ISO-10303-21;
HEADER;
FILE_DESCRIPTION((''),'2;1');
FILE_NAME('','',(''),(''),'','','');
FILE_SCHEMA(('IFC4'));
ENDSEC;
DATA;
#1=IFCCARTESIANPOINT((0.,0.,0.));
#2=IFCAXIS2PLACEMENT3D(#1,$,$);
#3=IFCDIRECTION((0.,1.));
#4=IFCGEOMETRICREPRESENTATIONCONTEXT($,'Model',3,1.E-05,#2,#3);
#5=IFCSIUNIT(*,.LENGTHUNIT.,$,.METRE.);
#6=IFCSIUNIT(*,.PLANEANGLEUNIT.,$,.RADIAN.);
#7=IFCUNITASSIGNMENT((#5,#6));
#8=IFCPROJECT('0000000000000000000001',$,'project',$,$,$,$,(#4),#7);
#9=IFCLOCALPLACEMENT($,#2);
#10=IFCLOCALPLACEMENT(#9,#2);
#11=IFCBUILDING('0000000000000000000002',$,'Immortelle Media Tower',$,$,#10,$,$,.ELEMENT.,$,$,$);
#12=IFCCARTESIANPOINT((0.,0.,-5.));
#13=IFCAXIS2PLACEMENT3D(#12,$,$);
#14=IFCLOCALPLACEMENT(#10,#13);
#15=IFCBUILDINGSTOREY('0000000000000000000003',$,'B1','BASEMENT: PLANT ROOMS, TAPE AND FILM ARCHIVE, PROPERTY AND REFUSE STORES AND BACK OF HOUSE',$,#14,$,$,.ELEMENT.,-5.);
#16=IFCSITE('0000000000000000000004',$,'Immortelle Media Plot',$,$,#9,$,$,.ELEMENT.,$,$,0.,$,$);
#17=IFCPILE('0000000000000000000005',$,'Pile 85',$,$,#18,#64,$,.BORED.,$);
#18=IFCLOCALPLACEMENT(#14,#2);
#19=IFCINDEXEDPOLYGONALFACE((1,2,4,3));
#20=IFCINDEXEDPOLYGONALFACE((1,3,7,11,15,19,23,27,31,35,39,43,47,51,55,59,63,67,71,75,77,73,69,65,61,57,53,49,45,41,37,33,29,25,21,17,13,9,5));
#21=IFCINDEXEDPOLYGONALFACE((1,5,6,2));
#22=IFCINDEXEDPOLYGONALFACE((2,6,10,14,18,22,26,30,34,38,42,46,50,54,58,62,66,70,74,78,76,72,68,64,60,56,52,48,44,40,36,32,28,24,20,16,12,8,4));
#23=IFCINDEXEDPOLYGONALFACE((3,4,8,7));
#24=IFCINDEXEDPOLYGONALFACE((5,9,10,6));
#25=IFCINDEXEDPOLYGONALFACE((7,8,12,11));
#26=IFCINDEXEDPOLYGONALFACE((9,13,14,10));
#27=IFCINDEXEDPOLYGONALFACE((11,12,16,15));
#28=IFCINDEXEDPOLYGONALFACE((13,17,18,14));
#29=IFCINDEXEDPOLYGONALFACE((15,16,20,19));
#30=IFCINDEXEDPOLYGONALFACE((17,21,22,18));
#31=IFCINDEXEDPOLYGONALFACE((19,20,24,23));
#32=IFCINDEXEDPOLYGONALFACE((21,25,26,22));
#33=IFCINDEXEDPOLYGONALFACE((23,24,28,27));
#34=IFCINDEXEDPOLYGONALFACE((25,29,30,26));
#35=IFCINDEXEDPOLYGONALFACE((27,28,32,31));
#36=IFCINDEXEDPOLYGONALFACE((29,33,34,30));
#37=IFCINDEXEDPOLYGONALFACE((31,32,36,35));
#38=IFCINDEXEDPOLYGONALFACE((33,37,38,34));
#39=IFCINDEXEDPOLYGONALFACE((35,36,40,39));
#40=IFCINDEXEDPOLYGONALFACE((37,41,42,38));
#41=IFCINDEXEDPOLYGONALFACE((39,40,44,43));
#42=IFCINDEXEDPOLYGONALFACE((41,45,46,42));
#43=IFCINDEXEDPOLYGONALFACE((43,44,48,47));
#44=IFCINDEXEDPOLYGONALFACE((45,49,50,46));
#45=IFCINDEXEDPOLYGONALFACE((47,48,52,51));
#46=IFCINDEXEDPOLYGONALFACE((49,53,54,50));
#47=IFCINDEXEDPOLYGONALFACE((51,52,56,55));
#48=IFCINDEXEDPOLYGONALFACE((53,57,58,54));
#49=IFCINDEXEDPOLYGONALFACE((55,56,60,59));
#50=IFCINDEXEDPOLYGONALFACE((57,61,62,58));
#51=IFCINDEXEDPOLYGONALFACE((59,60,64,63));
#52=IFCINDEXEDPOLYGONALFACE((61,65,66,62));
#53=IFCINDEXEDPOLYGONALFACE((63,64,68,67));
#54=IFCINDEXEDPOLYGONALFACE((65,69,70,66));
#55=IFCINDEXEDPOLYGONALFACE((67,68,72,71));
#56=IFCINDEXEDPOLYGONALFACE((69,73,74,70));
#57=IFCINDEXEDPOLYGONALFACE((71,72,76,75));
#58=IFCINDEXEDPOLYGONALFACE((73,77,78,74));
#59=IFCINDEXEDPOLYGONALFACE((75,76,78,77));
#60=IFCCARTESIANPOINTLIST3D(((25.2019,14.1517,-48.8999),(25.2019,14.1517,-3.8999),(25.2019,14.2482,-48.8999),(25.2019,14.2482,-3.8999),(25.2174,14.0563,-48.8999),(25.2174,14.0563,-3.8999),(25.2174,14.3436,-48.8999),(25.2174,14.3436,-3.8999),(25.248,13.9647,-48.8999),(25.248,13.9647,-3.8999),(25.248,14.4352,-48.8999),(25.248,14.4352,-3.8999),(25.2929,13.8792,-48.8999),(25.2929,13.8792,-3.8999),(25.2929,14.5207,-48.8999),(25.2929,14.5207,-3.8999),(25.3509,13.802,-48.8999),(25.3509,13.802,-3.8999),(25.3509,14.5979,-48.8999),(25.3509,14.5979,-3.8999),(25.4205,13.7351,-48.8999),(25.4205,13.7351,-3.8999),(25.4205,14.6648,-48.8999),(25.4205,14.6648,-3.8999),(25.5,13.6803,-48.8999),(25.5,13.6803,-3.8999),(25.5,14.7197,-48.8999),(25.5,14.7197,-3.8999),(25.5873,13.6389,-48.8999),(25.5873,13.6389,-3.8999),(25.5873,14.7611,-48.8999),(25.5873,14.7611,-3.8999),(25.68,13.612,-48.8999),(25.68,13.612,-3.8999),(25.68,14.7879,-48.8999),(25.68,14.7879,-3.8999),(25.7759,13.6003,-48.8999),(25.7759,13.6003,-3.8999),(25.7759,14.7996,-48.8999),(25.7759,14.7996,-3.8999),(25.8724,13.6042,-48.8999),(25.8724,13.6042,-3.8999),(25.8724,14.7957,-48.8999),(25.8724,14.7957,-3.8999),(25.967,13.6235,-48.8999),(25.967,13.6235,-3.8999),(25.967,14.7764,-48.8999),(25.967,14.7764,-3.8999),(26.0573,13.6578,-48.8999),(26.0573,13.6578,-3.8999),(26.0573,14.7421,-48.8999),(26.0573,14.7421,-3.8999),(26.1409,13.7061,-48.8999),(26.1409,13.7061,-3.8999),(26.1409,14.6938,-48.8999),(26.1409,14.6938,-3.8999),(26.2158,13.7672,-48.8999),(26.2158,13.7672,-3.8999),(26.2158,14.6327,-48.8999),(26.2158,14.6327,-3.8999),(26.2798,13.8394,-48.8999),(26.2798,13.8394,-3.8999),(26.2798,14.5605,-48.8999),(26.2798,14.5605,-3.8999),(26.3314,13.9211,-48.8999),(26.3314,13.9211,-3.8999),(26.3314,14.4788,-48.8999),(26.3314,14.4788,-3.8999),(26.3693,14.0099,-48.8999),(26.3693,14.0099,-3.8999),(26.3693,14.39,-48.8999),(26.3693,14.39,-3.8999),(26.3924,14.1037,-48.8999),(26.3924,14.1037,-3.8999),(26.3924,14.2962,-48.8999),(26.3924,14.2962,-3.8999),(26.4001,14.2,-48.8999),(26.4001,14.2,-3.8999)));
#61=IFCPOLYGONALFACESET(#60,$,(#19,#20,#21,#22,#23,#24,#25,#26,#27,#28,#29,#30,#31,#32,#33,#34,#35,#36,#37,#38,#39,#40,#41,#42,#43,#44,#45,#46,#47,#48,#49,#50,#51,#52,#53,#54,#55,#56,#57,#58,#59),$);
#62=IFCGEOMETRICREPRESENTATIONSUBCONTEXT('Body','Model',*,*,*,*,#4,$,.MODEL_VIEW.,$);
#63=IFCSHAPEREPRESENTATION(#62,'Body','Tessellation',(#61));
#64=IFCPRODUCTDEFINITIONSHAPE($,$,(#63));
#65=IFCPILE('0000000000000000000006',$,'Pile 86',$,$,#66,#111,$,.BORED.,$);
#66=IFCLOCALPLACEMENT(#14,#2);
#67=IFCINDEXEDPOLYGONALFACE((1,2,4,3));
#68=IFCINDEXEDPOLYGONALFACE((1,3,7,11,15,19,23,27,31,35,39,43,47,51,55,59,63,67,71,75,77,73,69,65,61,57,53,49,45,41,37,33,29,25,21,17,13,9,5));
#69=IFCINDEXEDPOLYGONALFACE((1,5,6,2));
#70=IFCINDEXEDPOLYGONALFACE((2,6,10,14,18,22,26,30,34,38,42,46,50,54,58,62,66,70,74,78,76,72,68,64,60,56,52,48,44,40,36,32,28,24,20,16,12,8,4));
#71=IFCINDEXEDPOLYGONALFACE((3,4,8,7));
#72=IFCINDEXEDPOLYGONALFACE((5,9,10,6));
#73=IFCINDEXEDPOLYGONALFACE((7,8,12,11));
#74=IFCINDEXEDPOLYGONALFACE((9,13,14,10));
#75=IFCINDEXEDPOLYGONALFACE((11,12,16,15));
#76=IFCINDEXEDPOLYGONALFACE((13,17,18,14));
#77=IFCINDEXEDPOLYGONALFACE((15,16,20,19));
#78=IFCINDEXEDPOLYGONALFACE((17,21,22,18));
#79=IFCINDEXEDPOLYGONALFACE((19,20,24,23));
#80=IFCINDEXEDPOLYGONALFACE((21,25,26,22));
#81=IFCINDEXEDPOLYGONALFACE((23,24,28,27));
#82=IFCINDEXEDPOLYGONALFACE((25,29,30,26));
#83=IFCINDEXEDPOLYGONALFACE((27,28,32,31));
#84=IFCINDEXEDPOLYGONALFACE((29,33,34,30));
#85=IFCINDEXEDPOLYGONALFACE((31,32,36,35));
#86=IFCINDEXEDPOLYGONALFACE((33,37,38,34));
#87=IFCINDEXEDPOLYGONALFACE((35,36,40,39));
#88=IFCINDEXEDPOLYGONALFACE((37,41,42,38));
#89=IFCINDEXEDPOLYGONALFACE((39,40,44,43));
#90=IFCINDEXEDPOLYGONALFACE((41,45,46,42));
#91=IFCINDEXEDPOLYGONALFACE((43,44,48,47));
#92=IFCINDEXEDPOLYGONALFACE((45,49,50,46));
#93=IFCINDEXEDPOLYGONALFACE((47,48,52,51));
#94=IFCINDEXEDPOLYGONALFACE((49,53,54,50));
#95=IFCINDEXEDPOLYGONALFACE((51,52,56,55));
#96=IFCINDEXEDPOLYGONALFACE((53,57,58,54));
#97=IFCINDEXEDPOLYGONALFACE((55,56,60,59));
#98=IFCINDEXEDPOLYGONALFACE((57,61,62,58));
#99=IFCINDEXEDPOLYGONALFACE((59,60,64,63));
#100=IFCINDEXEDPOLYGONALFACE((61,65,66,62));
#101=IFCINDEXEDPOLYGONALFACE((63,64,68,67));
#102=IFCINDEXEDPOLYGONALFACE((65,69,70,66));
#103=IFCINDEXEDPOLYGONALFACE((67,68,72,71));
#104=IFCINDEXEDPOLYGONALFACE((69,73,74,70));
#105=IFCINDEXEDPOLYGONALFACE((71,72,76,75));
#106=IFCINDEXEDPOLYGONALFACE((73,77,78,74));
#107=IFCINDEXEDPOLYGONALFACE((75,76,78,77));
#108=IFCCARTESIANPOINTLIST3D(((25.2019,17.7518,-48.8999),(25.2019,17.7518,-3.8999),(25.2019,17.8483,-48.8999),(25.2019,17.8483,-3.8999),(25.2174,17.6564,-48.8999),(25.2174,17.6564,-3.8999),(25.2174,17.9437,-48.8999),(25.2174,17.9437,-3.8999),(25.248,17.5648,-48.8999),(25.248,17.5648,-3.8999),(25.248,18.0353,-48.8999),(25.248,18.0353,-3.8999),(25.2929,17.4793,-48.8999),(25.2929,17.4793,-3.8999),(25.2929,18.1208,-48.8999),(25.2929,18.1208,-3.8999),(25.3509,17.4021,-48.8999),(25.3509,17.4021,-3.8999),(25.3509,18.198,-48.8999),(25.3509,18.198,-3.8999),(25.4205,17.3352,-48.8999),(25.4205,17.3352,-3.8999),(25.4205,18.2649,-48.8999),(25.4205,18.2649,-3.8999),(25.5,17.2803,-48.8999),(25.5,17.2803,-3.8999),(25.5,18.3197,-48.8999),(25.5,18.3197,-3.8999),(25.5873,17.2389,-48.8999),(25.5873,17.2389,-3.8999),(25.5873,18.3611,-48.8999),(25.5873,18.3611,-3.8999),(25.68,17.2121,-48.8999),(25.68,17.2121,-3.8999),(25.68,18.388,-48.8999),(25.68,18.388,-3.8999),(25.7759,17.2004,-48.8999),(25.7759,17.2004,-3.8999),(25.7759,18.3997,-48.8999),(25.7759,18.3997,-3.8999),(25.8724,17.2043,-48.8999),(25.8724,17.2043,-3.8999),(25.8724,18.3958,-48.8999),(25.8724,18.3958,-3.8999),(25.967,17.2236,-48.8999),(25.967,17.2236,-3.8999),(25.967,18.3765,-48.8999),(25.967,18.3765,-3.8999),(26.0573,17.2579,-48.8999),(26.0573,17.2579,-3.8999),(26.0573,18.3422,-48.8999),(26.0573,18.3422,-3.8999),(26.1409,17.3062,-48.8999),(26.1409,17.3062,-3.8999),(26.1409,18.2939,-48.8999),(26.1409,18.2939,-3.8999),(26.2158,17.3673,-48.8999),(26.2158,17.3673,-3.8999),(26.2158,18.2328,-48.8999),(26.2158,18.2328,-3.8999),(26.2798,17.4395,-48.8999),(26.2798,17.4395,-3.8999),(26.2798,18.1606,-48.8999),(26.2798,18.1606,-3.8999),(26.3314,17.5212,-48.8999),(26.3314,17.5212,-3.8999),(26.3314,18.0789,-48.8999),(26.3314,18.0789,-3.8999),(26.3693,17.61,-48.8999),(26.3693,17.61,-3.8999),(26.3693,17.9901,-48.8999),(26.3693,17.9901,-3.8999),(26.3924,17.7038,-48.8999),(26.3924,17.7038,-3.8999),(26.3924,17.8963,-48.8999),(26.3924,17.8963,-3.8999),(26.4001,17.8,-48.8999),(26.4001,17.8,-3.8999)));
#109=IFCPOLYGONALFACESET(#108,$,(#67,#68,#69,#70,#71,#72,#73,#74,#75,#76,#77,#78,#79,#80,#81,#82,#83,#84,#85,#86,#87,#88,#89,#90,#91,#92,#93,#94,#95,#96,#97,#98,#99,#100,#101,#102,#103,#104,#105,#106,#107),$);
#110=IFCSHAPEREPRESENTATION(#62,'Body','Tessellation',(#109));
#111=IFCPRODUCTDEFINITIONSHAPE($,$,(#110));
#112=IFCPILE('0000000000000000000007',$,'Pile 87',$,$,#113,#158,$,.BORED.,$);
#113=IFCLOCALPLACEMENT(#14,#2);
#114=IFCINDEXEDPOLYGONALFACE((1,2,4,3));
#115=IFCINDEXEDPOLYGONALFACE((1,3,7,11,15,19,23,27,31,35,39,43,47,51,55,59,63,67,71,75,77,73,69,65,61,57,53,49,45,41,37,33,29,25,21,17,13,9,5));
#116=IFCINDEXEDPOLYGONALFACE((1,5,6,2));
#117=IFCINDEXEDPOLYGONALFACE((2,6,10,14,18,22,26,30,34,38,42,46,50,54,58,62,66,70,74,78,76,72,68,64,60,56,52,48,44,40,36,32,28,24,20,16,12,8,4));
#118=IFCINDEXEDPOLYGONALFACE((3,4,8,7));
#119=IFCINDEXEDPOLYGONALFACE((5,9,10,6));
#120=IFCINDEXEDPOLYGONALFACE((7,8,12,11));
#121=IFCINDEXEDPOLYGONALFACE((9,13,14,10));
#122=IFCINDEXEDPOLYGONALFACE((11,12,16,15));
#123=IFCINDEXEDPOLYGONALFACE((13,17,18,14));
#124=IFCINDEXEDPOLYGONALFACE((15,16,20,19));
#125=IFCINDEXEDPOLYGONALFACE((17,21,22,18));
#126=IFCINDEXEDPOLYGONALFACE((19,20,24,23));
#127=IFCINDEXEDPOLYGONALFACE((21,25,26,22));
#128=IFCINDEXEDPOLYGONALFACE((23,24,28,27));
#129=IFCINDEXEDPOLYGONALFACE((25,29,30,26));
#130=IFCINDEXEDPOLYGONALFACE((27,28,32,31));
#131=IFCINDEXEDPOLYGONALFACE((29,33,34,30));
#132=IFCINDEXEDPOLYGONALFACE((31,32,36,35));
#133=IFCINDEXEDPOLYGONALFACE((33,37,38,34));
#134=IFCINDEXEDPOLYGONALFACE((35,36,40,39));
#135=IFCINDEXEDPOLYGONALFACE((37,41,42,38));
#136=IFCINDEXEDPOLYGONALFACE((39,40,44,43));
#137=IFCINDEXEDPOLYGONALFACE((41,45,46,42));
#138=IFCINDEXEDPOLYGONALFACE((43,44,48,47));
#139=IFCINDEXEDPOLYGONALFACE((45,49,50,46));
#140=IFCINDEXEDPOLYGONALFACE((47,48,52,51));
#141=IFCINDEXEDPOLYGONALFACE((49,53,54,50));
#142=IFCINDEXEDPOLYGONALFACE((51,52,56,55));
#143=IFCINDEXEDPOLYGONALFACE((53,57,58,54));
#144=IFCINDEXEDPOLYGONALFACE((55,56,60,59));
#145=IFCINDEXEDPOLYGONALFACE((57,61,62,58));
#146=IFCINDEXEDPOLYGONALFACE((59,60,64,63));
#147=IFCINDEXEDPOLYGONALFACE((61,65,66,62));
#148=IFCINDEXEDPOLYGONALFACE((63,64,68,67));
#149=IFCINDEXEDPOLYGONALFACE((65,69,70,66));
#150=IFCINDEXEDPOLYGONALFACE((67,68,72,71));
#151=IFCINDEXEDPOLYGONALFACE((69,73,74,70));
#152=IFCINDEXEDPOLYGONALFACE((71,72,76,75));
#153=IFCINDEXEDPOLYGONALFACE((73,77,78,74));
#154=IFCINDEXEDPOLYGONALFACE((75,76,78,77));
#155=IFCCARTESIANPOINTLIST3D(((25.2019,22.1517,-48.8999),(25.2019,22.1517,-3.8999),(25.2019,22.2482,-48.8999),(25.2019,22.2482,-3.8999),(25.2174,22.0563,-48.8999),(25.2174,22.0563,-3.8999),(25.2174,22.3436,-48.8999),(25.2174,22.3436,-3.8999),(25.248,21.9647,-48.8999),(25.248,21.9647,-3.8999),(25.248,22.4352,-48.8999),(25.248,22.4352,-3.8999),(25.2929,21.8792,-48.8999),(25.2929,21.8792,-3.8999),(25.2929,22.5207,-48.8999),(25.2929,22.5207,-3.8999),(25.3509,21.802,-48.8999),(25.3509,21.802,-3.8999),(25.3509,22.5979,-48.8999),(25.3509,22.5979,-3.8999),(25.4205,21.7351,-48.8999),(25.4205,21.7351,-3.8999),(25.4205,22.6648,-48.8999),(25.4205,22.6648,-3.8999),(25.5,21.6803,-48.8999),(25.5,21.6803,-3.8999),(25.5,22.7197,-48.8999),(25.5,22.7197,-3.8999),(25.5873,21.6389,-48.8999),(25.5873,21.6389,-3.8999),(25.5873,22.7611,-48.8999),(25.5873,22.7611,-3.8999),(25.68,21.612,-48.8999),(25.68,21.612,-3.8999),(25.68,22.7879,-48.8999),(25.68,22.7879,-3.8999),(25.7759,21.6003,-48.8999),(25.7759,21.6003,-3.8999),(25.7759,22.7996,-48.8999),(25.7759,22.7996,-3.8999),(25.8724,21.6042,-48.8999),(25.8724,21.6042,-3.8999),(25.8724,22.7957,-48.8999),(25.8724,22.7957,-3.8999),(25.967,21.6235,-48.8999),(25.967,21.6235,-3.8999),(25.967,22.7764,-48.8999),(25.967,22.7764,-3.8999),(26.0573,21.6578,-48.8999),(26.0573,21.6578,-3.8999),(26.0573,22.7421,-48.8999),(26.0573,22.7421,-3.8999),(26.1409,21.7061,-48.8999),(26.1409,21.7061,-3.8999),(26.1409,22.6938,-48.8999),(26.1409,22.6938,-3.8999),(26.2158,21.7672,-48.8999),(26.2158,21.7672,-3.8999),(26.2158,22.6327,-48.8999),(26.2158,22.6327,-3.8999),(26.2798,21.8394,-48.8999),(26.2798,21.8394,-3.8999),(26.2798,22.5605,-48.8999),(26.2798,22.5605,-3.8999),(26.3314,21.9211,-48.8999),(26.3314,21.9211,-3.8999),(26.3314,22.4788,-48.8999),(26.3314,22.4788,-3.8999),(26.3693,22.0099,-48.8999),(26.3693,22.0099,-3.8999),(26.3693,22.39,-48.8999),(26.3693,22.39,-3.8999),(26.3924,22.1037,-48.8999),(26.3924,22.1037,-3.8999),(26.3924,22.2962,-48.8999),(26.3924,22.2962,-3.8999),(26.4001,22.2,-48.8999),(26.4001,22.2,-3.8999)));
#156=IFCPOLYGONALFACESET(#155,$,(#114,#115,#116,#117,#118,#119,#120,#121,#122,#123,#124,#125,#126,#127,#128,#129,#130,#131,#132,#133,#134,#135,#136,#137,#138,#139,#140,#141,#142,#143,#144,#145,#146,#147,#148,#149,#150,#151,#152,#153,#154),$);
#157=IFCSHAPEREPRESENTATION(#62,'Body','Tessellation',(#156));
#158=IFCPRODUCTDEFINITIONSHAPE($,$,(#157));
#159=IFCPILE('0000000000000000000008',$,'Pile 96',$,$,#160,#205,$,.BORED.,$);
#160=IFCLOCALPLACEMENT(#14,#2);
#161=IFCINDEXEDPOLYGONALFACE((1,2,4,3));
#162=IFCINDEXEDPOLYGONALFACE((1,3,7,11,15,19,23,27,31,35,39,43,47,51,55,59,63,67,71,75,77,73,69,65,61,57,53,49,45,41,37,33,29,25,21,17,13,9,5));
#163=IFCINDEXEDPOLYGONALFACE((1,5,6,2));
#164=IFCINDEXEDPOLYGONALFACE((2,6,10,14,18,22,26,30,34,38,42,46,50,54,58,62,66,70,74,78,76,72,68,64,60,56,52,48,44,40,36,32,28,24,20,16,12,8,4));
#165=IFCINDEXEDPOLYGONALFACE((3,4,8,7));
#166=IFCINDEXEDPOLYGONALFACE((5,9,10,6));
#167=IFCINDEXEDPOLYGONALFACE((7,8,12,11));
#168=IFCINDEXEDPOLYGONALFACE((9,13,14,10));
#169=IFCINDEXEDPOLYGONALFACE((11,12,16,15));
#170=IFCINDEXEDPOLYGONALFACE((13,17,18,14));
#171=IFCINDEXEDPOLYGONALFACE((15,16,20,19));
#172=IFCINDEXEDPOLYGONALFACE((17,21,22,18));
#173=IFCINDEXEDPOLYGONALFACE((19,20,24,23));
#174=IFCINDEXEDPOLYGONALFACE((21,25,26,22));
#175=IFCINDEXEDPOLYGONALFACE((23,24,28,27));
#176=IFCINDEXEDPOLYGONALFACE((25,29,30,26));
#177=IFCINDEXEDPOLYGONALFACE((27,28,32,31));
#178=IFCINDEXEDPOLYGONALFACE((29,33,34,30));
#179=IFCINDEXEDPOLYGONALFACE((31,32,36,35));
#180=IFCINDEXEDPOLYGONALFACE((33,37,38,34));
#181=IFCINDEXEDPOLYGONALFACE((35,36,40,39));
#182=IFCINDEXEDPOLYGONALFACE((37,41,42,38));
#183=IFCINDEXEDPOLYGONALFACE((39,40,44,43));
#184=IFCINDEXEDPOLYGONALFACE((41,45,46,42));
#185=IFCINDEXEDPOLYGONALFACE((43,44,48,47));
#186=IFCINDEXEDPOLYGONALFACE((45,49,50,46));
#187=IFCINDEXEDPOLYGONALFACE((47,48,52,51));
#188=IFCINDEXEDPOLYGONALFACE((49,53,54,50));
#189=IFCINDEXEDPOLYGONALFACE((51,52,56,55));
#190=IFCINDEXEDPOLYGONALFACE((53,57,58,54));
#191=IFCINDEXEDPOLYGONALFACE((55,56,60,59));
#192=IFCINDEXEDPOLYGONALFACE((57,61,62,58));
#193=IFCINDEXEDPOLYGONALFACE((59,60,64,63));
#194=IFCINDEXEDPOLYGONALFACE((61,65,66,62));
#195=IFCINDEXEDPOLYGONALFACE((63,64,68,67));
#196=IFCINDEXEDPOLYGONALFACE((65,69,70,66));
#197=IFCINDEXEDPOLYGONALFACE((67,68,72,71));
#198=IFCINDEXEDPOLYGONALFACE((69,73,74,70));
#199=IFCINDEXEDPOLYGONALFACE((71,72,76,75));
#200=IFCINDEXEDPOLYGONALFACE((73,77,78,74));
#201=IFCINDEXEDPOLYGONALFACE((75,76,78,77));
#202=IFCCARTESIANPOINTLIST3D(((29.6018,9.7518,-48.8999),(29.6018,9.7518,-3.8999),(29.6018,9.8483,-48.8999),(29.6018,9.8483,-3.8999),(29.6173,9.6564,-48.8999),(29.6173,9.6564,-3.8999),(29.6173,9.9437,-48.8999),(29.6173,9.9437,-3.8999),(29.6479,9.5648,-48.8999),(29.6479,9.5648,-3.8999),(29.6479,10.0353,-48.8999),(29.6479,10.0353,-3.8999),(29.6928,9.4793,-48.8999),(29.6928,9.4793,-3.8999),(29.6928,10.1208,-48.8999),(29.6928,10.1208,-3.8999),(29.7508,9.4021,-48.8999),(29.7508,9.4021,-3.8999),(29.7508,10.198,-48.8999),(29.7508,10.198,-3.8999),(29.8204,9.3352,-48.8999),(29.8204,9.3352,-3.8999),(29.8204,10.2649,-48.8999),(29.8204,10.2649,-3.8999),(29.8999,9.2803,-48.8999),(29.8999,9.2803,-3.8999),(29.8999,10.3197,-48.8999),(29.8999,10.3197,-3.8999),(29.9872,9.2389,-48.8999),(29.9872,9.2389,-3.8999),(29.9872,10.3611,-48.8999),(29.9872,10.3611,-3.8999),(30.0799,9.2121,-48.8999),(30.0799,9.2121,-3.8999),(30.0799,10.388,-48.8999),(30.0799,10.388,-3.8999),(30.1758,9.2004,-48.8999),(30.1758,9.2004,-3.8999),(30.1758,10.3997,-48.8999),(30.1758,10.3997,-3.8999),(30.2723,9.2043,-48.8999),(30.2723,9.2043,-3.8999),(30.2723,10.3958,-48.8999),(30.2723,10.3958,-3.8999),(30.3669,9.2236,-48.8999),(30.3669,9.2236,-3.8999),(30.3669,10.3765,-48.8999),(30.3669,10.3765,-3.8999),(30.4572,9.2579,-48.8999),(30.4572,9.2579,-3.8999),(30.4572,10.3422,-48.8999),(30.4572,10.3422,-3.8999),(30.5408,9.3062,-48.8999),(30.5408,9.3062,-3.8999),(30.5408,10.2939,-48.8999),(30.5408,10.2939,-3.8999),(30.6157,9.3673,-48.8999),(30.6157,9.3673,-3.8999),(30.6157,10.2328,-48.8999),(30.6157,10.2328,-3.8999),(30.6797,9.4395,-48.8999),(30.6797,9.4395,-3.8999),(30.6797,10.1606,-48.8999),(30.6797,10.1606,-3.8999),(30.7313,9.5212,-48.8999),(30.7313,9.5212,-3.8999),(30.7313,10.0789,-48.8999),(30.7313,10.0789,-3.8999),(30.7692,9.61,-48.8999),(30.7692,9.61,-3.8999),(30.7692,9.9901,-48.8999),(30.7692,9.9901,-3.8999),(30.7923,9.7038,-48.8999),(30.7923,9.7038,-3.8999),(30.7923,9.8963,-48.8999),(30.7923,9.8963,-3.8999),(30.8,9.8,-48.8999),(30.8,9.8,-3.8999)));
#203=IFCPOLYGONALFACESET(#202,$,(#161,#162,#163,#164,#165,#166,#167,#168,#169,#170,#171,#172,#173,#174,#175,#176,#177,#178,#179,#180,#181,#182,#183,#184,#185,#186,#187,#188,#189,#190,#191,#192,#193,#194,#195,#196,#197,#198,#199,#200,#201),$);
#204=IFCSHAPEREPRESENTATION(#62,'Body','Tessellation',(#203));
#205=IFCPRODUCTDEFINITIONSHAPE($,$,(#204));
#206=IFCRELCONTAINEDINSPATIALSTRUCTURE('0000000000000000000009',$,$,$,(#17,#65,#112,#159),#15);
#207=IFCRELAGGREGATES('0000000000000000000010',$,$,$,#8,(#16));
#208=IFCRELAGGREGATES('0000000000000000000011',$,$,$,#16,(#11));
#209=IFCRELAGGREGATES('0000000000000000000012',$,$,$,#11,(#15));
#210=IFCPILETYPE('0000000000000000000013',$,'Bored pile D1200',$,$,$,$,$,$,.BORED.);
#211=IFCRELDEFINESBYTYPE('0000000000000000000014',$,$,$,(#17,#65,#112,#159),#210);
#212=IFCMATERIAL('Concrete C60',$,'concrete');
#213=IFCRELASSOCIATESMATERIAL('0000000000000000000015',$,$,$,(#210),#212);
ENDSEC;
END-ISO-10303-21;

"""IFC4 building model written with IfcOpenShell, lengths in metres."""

from ifc_helpers import new_model, si_unit, direction, frame, origin, origin_2d, place, context, subcontext, project, spatial, circle, extrude, material, material_profile, profile_set, type_object, element, save


model = new_model("IFC4")

# Units and contexts
model_context = context("Model", 3, precision=1e-05, world=origin(), true_north=direction((0.0, 1.0)))
body_context = subcontext(model_context, "Body", "Model", "MODEL_VIEW")
ifc_project = project(units=[si_unit("LENGTHUNIT", "METRE"), si_unit("PLANEANGLEUNIT", "RADIAN")], contexts=[model_context])

# Site, building, storey
site_placement = place(None, origin())
site = spatial("IfcSite", under=ifc_project, at=site_placement, Name="Immortelle Media Plot", CompositionType="ELEMENT", RefElevation=0.0)
building_placement = place(site_placement, origin())
building = spatial("IfcBuilding", under=site, at=building_placement, Name="Immortelle Media Tower", CompositionType="ELEMENT")
storey_placement = place(building_placement, frame((0.0, 0.0, -5.0)))
storey = spatial("IfcBuildingStorey", under=building, at=storey_placement, Name="B1", Description="BASEMENT: PLANT ROOMS, TAPE AND FILM ARCHIVE, PROPERTY AND REFUSE STORES AND BACK OF HOUSE", CompositionType="ELEMENT", Elevation=-5.0)

# Piles
ifc_material_1 = material(Name="Concrete C60", Category="concrete")
ifc_material_profile_1 = material_profile(ifc_material_1, circle(Radius=0.6001, at=origin_2d()), Name="Bored pile D1200")
ifc_profile_set_1 = profile_set([ifc_material_profile_1], Name="Concrete C60")
pile_type = type_object("IfcPileType", Name="Bored pile D1200", PredefinedType="BORED", material=ifc_profile_set_1)
for number, where, z_axis, x_axis, name in (
    (1, (25.8, 14.2, -3.8999), (0.0, 0.0, -1.0), (1.0, 0.0, 0.0), "Pile 85"),
    (2, (25.8, 17.8, -3.8999), (0.0, 0.0, -1.0), (1.0, 0.0, 0.0), "Pile 86"),
    (3, (25.8, 22.2, -3.8999), (0.0, 0.0, -1.0), (1.0, 0.0, 0.0), "Pile 87"),
    (4, (30.2, 9.8, -3.8999), (0.0, 0.0, -1.0), (1.0, 0.0, 0.0), "Pile 96"),
):
    element("IfcPile", number, at=place(storey_placement, frame(where, z_axis=z_axis, x_axis=x_axis)), inside=storey, type_object=pile_type, Name=name, PredefinedType="BORED", context=body_context, shape_type="SweptSolid", body=[
        extrude(circle(Radius=0.6001, at=origin_2d()), origin(), (0.0, 0.0, 1.0), 45.0),
    ])

save(model, "model.ifc")
